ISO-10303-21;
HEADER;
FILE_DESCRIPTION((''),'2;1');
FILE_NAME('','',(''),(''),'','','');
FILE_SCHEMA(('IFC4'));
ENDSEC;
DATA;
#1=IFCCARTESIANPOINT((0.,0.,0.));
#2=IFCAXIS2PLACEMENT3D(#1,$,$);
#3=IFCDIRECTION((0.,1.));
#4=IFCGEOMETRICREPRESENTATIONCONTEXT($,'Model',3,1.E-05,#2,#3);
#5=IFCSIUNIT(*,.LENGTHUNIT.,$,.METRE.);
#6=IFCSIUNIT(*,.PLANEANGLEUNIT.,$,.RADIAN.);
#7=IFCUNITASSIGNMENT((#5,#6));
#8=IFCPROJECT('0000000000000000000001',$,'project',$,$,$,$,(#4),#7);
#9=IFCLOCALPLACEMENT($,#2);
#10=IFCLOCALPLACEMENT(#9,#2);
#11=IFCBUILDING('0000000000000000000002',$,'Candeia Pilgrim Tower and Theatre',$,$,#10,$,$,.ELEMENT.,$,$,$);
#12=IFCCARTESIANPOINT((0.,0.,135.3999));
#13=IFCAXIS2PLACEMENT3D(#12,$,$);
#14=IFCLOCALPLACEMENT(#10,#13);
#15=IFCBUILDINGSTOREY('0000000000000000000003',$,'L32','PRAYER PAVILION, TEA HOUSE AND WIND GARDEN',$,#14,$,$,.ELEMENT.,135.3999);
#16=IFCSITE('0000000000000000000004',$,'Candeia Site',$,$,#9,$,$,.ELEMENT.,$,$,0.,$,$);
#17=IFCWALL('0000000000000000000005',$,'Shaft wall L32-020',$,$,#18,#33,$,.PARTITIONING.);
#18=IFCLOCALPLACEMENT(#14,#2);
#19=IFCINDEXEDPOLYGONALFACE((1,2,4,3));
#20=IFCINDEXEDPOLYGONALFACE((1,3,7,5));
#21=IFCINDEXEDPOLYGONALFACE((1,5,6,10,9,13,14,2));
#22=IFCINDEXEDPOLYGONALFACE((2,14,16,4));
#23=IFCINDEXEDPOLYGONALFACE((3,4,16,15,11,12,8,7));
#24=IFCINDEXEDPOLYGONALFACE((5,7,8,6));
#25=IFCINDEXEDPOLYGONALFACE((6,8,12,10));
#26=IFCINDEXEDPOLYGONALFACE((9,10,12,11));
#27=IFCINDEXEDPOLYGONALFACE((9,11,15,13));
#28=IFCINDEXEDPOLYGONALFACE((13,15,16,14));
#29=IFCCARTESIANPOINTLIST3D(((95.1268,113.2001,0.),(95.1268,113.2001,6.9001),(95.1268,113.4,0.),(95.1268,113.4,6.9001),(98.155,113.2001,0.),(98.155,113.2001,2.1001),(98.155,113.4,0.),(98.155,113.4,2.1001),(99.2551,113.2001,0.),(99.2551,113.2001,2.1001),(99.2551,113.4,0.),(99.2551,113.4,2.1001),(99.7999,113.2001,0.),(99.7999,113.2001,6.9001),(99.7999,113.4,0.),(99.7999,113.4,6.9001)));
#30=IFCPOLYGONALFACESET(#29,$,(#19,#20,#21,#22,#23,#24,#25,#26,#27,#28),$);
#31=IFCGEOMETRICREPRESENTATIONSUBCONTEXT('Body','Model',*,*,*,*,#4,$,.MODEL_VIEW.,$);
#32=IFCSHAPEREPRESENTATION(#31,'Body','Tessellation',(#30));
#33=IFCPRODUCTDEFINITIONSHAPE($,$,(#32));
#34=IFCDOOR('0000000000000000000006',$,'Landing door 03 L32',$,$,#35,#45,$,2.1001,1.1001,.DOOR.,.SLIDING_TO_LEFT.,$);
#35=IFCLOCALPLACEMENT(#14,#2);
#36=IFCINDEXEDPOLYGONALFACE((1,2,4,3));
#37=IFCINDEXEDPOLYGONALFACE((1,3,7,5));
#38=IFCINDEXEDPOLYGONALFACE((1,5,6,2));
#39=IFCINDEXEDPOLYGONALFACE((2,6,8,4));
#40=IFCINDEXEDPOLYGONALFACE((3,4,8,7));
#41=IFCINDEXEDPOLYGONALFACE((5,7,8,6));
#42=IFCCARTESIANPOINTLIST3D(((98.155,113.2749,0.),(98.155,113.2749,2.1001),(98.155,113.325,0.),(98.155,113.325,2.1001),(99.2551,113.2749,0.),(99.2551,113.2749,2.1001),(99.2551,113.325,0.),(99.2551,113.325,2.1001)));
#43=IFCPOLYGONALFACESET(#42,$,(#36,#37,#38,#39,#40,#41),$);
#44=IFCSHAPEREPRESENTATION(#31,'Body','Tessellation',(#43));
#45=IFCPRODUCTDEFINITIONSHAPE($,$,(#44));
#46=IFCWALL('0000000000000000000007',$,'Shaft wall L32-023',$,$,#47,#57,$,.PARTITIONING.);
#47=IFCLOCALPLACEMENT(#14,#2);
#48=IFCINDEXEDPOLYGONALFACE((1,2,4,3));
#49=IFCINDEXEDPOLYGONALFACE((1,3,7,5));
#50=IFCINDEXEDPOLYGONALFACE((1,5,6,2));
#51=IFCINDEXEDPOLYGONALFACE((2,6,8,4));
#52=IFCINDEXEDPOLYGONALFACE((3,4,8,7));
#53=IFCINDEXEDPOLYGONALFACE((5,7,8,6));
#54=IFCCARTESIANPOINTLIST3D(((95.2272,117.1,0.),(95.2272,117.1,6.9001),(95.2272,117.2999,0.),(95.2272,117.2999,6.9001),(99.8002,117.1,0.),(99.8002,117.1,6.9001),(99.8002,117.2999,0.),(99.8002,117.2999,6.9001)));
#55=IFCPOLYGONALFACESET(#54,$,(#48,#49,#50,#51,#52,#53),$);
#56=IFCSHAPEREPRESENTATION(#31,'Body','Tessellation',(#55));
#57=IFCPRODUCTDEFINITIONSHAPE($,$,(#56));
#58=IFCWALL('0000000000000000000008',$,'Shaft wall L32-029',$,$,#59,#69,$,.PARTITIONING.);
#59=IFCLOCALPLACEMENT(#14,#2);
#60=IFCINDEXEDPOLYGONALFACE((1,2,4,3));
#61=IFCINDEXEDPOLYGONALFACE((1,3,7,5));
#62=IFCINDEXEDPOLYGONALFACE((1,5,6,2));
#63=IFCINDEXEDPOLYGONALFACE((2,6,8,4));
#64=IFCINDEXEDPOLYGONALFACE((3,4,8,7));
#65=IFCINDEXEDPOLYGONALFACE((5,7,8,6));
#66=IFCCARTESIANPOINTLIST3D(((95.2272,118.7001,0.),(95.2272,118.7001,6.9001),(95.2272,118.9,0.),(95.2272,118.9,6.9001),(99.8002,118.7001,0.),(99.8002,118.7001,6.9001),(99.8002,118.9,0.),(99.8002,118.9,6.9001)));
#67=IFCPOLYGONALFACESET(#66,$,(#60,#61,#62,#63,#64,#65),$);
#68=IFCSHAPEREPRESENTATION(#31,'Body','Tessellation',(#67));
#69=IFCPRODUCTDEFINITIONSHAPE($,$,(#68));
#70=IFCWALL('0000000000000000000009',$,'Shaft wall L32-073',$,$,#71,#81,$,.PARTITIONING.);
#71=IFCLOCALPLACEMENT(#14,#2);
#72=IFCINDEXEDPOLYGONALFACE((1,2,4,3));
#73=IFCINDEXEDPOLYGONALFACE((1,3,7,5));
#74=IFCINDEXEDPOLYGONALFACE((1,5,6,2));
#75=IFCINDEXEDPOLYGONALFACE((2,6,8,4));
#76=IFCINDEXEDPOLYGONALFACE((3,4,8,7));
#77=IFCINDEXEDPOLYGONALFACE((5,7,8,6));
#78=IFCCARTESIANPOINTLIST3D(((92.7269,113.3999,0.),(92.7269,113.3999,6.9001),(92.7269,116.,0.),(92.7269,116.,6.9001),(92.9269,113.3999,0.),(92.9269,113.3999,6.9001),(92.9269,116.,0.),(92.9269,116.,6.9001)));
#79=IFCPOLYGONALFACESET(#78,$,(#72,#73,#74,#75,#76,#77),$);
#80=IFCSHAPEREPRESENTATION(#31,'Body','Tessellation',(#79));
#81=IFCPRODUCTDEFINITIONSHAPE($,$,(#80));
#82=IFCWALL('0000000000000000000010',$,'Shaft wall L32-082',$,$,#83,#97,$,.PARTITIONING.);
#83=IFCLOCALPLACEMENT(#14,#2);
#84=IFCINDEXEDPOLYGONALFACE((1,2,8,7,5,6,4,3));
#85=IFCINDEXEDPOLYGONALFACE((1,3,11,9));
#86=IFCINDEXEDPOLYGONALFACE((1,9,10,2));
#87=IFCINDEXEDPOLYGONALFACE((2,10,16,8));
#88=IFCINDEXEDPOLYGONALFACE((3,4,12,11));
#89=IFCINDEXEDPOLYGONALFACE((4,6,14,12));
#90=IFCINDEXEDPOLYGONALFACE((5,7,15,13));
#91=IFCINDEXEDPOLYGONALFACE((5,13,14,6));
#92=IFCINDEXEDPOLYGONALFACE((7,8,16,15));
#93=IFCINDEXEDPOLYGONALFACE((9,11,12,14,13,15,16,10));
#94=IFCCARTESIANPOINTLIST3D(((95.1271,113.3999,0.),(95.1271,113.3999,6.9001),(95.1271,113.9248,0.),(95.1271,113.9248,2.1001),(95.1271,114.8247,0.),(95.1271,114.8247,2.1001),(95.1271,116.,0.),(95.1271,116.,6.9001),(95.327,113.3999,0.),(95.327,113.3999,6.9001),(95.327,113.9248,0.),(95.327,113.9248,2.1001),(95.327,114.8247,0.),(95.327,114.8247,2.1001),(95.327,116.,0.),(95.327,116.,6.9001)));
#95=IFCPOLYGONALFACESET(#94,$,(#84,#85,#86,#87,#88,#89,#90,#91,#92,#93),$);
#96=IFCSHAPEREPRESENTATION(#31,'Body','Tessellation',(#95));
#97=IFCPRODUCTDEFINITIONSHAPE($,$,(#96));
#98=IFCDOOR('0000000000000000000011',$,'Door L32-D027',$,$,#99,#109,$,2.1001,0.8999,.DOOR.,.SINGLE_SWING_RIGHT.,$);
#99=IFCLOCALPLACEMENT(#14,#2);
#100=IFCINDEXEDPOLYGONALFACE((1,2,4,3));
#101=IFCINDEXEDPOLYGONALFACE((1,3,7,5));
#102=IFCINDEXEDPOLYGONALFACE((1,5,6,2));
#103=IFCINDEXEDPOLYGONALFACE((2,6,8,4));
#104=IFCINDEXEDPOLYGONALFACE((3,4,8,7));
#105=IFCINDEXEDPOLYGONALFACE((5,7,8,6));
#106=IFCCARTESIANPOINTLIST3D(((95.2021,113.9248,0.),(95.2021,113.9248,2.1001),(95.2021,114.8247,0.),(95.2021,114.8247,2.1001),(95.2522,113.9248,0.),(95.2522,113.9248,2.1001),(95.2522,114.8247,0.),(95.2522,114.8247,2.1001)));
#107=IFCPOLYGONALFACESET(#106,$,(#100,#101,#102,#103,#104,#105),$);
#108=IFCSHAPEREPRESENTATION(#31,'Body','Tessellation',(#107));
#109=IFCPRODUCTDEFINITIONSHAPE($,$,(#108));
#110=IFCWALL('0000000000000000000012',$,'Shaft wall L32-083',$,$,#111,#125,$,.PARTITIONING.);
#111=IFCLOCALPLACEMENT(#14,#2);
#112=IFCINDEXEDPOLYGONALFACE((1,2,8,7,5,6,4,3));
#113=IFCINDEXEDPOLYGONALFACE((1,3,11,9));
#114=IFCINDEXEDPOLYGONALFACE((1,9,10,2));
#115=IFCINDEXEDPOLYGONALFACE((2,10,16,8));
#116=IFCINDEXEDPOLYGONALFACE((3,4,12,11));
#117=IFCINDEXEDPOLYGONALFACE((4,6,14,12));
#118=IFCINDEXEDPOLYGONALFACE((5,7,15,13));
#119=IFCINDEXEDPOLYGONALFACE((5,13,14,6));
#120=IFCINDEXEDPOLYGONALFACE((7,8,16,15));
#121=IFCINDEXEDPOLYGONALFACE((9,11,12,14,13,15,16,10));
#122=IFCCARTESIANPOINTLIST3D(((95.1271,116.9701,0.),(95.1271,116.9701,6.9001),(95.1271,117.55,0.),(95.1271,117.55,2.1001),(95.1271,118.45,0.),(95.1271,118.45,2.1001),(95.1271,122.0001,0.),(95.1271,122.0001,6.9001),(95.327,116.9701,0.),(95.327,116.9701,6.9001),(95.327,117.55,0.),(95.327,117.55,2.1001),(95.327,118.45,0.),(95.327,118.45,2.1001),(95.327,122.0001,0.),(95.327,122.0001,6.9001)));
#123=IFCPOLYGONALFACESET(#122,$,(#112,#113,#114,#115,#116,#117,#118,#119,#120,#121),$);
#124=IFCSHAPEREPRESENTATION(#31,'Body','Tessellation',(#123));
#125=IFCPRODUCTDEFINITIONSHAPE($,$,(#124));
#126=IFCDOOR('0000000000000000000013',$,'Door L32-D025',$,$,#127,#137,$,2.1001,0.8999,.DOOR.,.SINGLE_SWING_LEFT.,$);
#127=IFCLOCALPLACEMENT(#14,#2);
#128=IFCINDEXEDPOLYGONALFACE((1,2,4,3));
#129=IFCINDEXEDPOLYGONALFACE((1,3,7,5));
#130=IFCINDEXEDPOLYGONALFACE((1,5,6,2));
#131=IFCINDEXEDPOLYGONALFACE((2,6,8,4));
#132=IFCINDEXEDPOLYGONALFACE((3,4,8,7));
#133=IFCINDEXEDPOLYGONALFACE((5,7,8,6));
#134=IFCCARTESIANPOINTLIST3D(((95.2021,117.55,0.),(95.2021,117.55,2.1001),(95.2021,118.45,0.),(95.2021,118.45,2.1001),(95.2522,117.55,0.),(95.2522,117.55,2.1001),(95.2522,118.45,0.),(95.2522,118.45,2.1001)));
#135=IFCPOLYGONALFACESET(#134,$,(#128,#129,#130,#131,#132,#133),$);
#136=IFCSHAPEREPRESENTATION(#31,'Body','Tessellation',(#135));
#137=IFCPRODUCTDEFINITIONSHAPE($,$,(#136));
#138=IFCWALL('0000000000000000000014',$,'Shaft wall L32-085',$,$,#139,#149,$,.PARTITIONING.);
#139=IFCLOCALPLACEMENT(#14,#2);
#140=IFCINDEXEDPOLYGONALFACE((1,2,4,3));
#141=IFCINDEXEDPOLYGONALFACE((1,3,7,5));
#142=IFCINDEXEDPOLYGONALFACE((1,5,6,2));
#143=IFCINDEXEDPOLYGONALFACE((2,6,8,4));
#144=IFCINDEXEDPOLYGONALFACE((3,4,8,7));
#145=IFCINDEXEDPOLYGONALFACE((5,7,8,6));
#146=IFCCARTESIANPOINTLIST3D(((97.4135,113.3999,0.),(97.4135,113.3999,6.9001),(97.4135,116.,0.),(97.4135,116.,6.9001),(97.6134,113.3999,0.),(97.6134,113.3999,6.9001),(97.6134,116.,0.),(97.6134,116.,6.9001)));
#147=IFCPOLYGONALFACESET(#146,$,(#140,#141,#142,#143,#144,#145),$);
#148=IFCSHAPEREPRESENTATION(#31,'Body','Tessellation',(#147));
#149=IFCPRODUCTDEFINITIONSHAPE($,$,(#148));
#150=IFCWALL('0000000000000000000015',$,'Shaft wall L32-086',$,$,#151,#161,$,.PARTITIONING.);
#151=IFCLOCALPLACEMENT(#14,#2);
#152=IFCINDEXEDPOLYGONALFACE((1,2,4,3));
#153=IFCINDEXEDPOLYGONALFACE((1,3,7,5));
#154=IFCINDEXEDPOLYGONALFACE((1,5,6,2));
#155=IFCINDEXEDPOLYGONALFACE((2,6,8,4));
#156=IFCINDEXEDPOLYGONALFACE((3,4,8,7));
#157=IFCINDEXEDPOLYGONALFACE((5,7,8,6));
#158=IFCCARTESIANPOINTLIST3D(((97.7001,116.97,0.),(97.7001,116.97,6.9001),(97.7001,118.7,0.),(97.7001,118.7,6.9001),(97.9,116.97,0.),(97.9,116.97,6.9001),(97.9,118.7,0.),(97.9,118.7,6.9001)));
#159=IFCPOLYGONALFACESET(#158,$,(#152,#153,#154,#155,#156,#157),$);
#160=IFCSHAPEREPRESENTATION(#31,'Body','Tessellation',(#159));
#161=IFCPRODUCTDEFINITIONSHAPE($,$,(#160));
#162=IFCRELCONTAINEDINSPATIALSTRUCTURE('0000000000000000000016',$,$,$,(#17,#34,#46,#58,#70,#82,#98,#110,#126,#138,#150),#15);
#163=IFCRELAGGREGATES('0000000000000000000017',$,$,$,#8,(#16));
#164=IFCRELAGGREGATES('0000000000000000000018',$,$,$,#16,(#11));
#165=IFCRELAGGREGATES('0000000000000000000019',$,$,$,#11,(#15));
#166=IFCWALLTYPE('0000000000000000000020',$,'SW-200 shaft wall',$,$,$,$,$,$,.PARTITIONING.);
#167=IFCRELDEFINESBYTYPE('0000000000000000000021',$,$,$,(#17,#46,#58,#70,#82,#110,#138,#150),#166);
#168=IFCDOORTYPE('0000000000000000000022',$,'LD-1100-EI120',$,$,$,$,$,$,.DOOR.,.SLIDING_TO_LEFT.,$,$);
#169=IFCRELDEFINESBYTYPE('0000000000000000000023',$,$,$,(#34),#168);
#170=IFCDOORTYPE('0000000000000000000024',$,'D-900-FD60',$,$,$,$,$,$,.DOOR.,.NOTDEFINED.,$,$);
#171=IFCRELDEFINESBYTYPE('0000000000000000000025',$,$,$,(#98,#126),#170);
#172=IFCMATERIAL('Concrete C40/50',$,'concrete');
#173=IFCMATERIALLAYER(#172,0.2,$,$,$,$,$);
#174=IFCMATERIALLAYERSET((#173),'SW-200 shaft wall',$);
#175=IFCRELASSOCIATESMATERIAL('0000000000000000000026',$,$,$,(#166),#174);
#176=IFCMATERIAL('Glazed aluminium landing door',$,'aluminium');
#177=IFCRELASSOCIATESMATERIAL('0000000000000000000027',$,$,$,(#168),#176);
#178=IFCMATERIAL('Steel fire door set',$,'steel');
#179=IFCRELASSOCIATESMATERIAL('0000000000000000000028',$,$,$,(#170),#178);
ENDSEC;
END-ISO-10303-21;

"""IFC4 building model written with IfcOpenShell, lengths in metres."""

from ifc_helpers import new_model, si_unit, direction, frame, frame_2d, origin, place, context, subcontext, project, spatial, rectangle, extrude, material, layer, layer_set, type_object, element, fill, save


model = new_model("IFC4")

# Units and contexts
model_context = context("Model", 3, precision=1e-05, world=origin(), true_north=direction((0.0, 1.0)))
body_context = subcontext(model_context, "Body", "Model", "MODEL_VIEW")
ifc_project = project(units=[si_unit("LENGTHUNIT", "METRE"), si_unit("PLANEANGLEUNIT", "RADIAN")], contexts=[model_context])

# Site, building, storey
site_placement = place(None, origin())
site = spatial("IfcSite", under=ifc_project, at=site_placement, Name="Candeia Site", CompositionType="ELEMENT", RefElevation=0.0)
building_placement = place(site_placement, origin())
building = spatial("IfcBuilding", under=site, at=building_placement, Name="Candeia Pilgrim Tower and Theatre", CompositionType="ELEMENT")
storey_placement = place(building_placement, frame((0.0, 0.0, 135.3999)))
storey = spatial("IfcBuildingStorey", under=building, at=storey_placement, Name="L32", Description="PRAYER PAVILION, TEA HOUSE AND WIND GARDEN", CompositionType="ELEMENT", Elevation=135.3999)

# Shared definitions
ifc_material_1 = material(Name="Steel fire door set", Category="steel")

# Wall, opening, door
ifc_material_2 = material(Name="Concrete C40/50", Category="concrete")
ifc_layer_1 = layer(ifc_material_2, 0.2)
ifc_layer_set_1 = layer_set([ifc_layer_1], Name="SW-200 shaft wall")
wall_type_1 = type_object("IfcWallType", Name="SW-200 shaft wall", PredefinedType="PARTITIONING", material=ifc_layer_set_1)
wall_1_placement = place(storey_placement, frame((95.127, 113.3, 0.0), z_axis=(0.0, 0.0, 1.0), x_axis=(1.0, 0.0, 0.0)))
wall_1 = element("IfcWall", 1, at=wall_1_placement, inside=storey, type_object=wall_type_1, Name="Shaft wall L32-020", PredefinedType="PARTITIONING", context=body_context, shape_type="SweptSolid", body=[
    extrude(rectangle(XDim=4.6731, YDim=0.2, at=frame_2d((2.3364, 0.0))), origin(), (0.0, 0.0, 1.0), 6.9001),
])
opening_1_placement = place(wall_1_placement, frame((3.0281, 0.0, 0.0)))
opening_1 = element("IfcOpeningElement", 2, at=opening_1_placement, cuts=wall_1, PredefinedType="OPENING", context=body_context, shape_type="SweptSolid", body=[
    extrude(rectangle(XDim=1.1001, YDim=2.1001, at=frame_2d((0.55, 1.05))), frame((0.0, 0.1099, 0.0), z_axis=(0.0, -1.0, 0.0), x_axis=(1.0, 0.0, 0.0)), (0.0, 0.0, 1.0), 0.22),
])
ifc_material_3 = material(Name="Glazed aluminium landing door", Category="aluminium")
door_type_1 = type_object("IfcDoorType", Name="LD-1100-EI120", OperationType="SLIDING_TO_LEFT", PredefinedType="DOOR", material=ifc_material_3)
door_1_placement = place(opening_1_placement, origin())
door_1 = element("IfcDoor", 3, at=door_1_placement, inside=storey, type_object=door_type_1, Name="Landing door 03 L32", OperationType="SLIDING_TO_LEFT", OverallHeight=2.1001, OverallWidth=1.1001, PredefinedType="DOOR", context=body_context, shape_type="SweptSolid", body=[
    extrude(rectangle(XDim=1.1001, YDim=2.1001, at=frame_2d((0.55, 1.05))), frame((0.0, 0.0249, 0.0), z_axis=(0.0, -1.0, 0.0), x_axis=(1.0, 0.0, 0.0)), (0.0, 0.0, 1.0), 0.05),
])
fill(opening_1, door_1)

# Walls
for number, where, z_axis, x_axis, name in (
    (4, (95.2271, 117.2, 0.0), (0.0, 0.0, 1.0), (1.0, 0.0, 0.0), "Shaft wall L32-023"),
    (5, (95.2271, 118.8, 0.0), (0.0, 0.0, 1.0), (1.0, 0.0, 0.0), "Shaft wall L32-029"),
):
    element("IfcWall", number, at=place(storey_placement, frame(where, z_axis=z_axis, x_axis=x_axis)), inside=storey, type_object=wall_type_1, Name=name, PredefinedType="PARTITIONING", context=body_context, shape_type="SweptSolid", body=[
        extrude(rectangle(XDim=4.573, YDim=0.2, at=frame_2d((2.2866, 0.0))), origin(), (0.0, 0.0, 1.0), 6.9001),
    ])
wall_2_placement = place(storey_placement, frame((92.8269, 113.3999, 0.0), z_axis=(0.0, 0.0, 1.0), x_axis=(0.0, 1.0, 0.0)))
element("IfcWall", 6, at=wall_2_placement, inside=storey, type_object=wall_type_1, Name="Shaft wall L32-073", PredefinedType="PARTITIONING", context=body_context, shape_type="SweptSolid", body=[
    extrude(rectangle(XDim=2.6001, YDim=0.2, at=frame_2d((1.3, 0.0))), origin(), (0.0, 0.0, 1.0), 6.9001),
])

# Walls, openings, doors
wall_3_placement = place(storey_placement, frame((95.2271, 113.3999, 0.0), z_axis=(0.0, 0.0, 1.0), x_axis=(0.0, 1.0, 0.0)))
wall_3 = element("IfcWall", 7, at=wall_3_placement, inside=storey, type_object=wall_type_1, Name="Shaft wall L32-082", PredefinedType="PARTITIONING", context=body_context, shape_type="SweptSolid", body=[
    extrude(rectangle(XDim=2.6001, YDim=0.2, at=frame_2d((1.3, 0.0))), origin(), (0.0, 0.0, 1.0), 6.9001),
])
opening_2_placement = place(wall_3_placement, frame((0.5249, 0.0, 0.0)))
opening_2 = element("IfcOpeningElement", 8, at=opening_2_placement, cuts=wall_3, PredefinedType="OPENING", context=body_context, shape_type="SweptSolid", body=[
    extrude(rectangle(XDim=0.8999, YDim=2.1001, at=frame_2d((0.45, 1.05))), frame((0.0, 0.1099, 0.0), z_axis=(0.0, -1.0, 0.0), x_axis=(1.0, 0.0, 0.0)), (0.0, 0.0, 1.0), 0.22),
])
door_type_2 = type_object("IfcDoorType", Name="D-900-FD60", OperationType="NOTDEFINED", PredefinedType="DOOR", material=ifc_material_1)
door_2_placement = place(opening_2_placement, origin())
door_2 = element("IfcDoor", 9, at=door_2_placement, inside=storey, type_object=door_type_2, Name="Door L32-D027", OperationType="SINGLE_SWING_RIGHT", OverallHeight=2.1001, OverallWidth=0.8999, PredefinedType="DOOR", context=body_context, shape_type="SweptSolid", body=[
    extrude(rectangle(XDim=0.8999, YDim=2.1001, at=frame_2d((0.45, 1.05))), frame((0.0, 0.0249, 0.0), z_axis=(0.0, -1.0, 0.0), x_axis=(1.0, 0.0, 0.0)), (0.0, 0.0, 1.0), 0.05),
])
fill(opening_2, door_2)
wall_4_placement = place(storey_placement, frame((95.2271, 116.97, 0.0), z_axis=(0.0, 0.0, 1.0), x_axis=(0.0, 1.0, 0.0)))
wall_4 = element("IfcWall", 10, at=wall_4_placement, inside=storey, type_object=wall_type_1, Name="Shaft wall L32-083", PredefinedType="PARTITIONING", context=body_context, shape_type="SweptSolid", body=[
    extrude(rectangle(XDim=5.03, YDim=0.2, at=frame_2d((2.5151, 0.0))), origin(), (0.0, 0.0, 1.0), 6.9001),
])
opening_3_placement = place(wall_4_placement, frame((0.5801, 0.0, 0.0)))
opening_3 = element("IfcOpeningElement", 11, at=opening_3_placement, cuts=wall_4, PredefinedType="OPENING", context=body_context, shape_type="SweptSolid", body=[
    extrude(rectangle(XDim=0.8999, YDim=2.1001, at=frame_2d((0.45, 1.05))), frame((0.0, 0.1099, 0.0), z_axis=(0.0, -1.0, 0.0), x_axis=(1.0, 0.0, 0.0)), (0.0, 0.0, 1.0), 0.22),
])
door_3_placement = place(opening_3_placement, origin())
door_3 = element("IfcDoor", 12, at=door_3_placement, inside=storey, type_object=door_type_2, Name="Door L32-D025", OperationType="SINGLE_SWING_LEFT", OverallHeight=2.1001, OverallWidth=0.8999, PredefinedType="DOOR", context=body_context, shape_type="SweptSolid", body=[
    extrude(rectangle(XDim=0.8999, YDim=2.1001, at=frame_2d((0.45, 1.05))), frame((0.0, 0.0249, 0.0), z_axis=(0.0, -1.0, 0.0), x_axis=(1.0, 0.0, 0.0)), (0.0, 0.0, 1.0), 0.05),
])
fill(opening_3, door_3)

# Walls
wall_5_placement = place(storey_placement, frame((97.5134, 113.3999, 0.0), z_axis=(0.0, 0.0, 1.0), x_axis=(0.0, 1.0, 0.0)))
element("IfcWall", 13, at=wall_5_placement, inside=storey, type_object=wall_type_1, Name="Shaft wall L32-085", PredefinedType="PARTITIONING", context=body_context, shape_type="SweptSolid", body=[
    extrude(rectangle(XDim=2.6001, YDim=0.2, at=frame_2d((1.3, 0.0))), origin(), (0.0, 0.0, 1.0), 6.9001),
])
wall_6_placement = place(storey_placement, frame((97.8, 116.97, 0.0), z_axis=(0.0, 0.0, 1.0), x_axis=(0.0, 1.0, 0.0)))
element("IfcWall", 14, at=wall_6_placement, inside=storey, type_object=wall_type_1, Name="Shaft wall L32-086", PredefinedType="PARTITIONING", context=body_context, shape_type="SweptSolid", body=[
    extrude(rectangle(XDim=1.73, YDim=0.2, at=frame_2d((0.865, 0.0))), origin(), (0.0, 0.0, 1.0), 6.9001),
])

save(model, "model.ifc")
